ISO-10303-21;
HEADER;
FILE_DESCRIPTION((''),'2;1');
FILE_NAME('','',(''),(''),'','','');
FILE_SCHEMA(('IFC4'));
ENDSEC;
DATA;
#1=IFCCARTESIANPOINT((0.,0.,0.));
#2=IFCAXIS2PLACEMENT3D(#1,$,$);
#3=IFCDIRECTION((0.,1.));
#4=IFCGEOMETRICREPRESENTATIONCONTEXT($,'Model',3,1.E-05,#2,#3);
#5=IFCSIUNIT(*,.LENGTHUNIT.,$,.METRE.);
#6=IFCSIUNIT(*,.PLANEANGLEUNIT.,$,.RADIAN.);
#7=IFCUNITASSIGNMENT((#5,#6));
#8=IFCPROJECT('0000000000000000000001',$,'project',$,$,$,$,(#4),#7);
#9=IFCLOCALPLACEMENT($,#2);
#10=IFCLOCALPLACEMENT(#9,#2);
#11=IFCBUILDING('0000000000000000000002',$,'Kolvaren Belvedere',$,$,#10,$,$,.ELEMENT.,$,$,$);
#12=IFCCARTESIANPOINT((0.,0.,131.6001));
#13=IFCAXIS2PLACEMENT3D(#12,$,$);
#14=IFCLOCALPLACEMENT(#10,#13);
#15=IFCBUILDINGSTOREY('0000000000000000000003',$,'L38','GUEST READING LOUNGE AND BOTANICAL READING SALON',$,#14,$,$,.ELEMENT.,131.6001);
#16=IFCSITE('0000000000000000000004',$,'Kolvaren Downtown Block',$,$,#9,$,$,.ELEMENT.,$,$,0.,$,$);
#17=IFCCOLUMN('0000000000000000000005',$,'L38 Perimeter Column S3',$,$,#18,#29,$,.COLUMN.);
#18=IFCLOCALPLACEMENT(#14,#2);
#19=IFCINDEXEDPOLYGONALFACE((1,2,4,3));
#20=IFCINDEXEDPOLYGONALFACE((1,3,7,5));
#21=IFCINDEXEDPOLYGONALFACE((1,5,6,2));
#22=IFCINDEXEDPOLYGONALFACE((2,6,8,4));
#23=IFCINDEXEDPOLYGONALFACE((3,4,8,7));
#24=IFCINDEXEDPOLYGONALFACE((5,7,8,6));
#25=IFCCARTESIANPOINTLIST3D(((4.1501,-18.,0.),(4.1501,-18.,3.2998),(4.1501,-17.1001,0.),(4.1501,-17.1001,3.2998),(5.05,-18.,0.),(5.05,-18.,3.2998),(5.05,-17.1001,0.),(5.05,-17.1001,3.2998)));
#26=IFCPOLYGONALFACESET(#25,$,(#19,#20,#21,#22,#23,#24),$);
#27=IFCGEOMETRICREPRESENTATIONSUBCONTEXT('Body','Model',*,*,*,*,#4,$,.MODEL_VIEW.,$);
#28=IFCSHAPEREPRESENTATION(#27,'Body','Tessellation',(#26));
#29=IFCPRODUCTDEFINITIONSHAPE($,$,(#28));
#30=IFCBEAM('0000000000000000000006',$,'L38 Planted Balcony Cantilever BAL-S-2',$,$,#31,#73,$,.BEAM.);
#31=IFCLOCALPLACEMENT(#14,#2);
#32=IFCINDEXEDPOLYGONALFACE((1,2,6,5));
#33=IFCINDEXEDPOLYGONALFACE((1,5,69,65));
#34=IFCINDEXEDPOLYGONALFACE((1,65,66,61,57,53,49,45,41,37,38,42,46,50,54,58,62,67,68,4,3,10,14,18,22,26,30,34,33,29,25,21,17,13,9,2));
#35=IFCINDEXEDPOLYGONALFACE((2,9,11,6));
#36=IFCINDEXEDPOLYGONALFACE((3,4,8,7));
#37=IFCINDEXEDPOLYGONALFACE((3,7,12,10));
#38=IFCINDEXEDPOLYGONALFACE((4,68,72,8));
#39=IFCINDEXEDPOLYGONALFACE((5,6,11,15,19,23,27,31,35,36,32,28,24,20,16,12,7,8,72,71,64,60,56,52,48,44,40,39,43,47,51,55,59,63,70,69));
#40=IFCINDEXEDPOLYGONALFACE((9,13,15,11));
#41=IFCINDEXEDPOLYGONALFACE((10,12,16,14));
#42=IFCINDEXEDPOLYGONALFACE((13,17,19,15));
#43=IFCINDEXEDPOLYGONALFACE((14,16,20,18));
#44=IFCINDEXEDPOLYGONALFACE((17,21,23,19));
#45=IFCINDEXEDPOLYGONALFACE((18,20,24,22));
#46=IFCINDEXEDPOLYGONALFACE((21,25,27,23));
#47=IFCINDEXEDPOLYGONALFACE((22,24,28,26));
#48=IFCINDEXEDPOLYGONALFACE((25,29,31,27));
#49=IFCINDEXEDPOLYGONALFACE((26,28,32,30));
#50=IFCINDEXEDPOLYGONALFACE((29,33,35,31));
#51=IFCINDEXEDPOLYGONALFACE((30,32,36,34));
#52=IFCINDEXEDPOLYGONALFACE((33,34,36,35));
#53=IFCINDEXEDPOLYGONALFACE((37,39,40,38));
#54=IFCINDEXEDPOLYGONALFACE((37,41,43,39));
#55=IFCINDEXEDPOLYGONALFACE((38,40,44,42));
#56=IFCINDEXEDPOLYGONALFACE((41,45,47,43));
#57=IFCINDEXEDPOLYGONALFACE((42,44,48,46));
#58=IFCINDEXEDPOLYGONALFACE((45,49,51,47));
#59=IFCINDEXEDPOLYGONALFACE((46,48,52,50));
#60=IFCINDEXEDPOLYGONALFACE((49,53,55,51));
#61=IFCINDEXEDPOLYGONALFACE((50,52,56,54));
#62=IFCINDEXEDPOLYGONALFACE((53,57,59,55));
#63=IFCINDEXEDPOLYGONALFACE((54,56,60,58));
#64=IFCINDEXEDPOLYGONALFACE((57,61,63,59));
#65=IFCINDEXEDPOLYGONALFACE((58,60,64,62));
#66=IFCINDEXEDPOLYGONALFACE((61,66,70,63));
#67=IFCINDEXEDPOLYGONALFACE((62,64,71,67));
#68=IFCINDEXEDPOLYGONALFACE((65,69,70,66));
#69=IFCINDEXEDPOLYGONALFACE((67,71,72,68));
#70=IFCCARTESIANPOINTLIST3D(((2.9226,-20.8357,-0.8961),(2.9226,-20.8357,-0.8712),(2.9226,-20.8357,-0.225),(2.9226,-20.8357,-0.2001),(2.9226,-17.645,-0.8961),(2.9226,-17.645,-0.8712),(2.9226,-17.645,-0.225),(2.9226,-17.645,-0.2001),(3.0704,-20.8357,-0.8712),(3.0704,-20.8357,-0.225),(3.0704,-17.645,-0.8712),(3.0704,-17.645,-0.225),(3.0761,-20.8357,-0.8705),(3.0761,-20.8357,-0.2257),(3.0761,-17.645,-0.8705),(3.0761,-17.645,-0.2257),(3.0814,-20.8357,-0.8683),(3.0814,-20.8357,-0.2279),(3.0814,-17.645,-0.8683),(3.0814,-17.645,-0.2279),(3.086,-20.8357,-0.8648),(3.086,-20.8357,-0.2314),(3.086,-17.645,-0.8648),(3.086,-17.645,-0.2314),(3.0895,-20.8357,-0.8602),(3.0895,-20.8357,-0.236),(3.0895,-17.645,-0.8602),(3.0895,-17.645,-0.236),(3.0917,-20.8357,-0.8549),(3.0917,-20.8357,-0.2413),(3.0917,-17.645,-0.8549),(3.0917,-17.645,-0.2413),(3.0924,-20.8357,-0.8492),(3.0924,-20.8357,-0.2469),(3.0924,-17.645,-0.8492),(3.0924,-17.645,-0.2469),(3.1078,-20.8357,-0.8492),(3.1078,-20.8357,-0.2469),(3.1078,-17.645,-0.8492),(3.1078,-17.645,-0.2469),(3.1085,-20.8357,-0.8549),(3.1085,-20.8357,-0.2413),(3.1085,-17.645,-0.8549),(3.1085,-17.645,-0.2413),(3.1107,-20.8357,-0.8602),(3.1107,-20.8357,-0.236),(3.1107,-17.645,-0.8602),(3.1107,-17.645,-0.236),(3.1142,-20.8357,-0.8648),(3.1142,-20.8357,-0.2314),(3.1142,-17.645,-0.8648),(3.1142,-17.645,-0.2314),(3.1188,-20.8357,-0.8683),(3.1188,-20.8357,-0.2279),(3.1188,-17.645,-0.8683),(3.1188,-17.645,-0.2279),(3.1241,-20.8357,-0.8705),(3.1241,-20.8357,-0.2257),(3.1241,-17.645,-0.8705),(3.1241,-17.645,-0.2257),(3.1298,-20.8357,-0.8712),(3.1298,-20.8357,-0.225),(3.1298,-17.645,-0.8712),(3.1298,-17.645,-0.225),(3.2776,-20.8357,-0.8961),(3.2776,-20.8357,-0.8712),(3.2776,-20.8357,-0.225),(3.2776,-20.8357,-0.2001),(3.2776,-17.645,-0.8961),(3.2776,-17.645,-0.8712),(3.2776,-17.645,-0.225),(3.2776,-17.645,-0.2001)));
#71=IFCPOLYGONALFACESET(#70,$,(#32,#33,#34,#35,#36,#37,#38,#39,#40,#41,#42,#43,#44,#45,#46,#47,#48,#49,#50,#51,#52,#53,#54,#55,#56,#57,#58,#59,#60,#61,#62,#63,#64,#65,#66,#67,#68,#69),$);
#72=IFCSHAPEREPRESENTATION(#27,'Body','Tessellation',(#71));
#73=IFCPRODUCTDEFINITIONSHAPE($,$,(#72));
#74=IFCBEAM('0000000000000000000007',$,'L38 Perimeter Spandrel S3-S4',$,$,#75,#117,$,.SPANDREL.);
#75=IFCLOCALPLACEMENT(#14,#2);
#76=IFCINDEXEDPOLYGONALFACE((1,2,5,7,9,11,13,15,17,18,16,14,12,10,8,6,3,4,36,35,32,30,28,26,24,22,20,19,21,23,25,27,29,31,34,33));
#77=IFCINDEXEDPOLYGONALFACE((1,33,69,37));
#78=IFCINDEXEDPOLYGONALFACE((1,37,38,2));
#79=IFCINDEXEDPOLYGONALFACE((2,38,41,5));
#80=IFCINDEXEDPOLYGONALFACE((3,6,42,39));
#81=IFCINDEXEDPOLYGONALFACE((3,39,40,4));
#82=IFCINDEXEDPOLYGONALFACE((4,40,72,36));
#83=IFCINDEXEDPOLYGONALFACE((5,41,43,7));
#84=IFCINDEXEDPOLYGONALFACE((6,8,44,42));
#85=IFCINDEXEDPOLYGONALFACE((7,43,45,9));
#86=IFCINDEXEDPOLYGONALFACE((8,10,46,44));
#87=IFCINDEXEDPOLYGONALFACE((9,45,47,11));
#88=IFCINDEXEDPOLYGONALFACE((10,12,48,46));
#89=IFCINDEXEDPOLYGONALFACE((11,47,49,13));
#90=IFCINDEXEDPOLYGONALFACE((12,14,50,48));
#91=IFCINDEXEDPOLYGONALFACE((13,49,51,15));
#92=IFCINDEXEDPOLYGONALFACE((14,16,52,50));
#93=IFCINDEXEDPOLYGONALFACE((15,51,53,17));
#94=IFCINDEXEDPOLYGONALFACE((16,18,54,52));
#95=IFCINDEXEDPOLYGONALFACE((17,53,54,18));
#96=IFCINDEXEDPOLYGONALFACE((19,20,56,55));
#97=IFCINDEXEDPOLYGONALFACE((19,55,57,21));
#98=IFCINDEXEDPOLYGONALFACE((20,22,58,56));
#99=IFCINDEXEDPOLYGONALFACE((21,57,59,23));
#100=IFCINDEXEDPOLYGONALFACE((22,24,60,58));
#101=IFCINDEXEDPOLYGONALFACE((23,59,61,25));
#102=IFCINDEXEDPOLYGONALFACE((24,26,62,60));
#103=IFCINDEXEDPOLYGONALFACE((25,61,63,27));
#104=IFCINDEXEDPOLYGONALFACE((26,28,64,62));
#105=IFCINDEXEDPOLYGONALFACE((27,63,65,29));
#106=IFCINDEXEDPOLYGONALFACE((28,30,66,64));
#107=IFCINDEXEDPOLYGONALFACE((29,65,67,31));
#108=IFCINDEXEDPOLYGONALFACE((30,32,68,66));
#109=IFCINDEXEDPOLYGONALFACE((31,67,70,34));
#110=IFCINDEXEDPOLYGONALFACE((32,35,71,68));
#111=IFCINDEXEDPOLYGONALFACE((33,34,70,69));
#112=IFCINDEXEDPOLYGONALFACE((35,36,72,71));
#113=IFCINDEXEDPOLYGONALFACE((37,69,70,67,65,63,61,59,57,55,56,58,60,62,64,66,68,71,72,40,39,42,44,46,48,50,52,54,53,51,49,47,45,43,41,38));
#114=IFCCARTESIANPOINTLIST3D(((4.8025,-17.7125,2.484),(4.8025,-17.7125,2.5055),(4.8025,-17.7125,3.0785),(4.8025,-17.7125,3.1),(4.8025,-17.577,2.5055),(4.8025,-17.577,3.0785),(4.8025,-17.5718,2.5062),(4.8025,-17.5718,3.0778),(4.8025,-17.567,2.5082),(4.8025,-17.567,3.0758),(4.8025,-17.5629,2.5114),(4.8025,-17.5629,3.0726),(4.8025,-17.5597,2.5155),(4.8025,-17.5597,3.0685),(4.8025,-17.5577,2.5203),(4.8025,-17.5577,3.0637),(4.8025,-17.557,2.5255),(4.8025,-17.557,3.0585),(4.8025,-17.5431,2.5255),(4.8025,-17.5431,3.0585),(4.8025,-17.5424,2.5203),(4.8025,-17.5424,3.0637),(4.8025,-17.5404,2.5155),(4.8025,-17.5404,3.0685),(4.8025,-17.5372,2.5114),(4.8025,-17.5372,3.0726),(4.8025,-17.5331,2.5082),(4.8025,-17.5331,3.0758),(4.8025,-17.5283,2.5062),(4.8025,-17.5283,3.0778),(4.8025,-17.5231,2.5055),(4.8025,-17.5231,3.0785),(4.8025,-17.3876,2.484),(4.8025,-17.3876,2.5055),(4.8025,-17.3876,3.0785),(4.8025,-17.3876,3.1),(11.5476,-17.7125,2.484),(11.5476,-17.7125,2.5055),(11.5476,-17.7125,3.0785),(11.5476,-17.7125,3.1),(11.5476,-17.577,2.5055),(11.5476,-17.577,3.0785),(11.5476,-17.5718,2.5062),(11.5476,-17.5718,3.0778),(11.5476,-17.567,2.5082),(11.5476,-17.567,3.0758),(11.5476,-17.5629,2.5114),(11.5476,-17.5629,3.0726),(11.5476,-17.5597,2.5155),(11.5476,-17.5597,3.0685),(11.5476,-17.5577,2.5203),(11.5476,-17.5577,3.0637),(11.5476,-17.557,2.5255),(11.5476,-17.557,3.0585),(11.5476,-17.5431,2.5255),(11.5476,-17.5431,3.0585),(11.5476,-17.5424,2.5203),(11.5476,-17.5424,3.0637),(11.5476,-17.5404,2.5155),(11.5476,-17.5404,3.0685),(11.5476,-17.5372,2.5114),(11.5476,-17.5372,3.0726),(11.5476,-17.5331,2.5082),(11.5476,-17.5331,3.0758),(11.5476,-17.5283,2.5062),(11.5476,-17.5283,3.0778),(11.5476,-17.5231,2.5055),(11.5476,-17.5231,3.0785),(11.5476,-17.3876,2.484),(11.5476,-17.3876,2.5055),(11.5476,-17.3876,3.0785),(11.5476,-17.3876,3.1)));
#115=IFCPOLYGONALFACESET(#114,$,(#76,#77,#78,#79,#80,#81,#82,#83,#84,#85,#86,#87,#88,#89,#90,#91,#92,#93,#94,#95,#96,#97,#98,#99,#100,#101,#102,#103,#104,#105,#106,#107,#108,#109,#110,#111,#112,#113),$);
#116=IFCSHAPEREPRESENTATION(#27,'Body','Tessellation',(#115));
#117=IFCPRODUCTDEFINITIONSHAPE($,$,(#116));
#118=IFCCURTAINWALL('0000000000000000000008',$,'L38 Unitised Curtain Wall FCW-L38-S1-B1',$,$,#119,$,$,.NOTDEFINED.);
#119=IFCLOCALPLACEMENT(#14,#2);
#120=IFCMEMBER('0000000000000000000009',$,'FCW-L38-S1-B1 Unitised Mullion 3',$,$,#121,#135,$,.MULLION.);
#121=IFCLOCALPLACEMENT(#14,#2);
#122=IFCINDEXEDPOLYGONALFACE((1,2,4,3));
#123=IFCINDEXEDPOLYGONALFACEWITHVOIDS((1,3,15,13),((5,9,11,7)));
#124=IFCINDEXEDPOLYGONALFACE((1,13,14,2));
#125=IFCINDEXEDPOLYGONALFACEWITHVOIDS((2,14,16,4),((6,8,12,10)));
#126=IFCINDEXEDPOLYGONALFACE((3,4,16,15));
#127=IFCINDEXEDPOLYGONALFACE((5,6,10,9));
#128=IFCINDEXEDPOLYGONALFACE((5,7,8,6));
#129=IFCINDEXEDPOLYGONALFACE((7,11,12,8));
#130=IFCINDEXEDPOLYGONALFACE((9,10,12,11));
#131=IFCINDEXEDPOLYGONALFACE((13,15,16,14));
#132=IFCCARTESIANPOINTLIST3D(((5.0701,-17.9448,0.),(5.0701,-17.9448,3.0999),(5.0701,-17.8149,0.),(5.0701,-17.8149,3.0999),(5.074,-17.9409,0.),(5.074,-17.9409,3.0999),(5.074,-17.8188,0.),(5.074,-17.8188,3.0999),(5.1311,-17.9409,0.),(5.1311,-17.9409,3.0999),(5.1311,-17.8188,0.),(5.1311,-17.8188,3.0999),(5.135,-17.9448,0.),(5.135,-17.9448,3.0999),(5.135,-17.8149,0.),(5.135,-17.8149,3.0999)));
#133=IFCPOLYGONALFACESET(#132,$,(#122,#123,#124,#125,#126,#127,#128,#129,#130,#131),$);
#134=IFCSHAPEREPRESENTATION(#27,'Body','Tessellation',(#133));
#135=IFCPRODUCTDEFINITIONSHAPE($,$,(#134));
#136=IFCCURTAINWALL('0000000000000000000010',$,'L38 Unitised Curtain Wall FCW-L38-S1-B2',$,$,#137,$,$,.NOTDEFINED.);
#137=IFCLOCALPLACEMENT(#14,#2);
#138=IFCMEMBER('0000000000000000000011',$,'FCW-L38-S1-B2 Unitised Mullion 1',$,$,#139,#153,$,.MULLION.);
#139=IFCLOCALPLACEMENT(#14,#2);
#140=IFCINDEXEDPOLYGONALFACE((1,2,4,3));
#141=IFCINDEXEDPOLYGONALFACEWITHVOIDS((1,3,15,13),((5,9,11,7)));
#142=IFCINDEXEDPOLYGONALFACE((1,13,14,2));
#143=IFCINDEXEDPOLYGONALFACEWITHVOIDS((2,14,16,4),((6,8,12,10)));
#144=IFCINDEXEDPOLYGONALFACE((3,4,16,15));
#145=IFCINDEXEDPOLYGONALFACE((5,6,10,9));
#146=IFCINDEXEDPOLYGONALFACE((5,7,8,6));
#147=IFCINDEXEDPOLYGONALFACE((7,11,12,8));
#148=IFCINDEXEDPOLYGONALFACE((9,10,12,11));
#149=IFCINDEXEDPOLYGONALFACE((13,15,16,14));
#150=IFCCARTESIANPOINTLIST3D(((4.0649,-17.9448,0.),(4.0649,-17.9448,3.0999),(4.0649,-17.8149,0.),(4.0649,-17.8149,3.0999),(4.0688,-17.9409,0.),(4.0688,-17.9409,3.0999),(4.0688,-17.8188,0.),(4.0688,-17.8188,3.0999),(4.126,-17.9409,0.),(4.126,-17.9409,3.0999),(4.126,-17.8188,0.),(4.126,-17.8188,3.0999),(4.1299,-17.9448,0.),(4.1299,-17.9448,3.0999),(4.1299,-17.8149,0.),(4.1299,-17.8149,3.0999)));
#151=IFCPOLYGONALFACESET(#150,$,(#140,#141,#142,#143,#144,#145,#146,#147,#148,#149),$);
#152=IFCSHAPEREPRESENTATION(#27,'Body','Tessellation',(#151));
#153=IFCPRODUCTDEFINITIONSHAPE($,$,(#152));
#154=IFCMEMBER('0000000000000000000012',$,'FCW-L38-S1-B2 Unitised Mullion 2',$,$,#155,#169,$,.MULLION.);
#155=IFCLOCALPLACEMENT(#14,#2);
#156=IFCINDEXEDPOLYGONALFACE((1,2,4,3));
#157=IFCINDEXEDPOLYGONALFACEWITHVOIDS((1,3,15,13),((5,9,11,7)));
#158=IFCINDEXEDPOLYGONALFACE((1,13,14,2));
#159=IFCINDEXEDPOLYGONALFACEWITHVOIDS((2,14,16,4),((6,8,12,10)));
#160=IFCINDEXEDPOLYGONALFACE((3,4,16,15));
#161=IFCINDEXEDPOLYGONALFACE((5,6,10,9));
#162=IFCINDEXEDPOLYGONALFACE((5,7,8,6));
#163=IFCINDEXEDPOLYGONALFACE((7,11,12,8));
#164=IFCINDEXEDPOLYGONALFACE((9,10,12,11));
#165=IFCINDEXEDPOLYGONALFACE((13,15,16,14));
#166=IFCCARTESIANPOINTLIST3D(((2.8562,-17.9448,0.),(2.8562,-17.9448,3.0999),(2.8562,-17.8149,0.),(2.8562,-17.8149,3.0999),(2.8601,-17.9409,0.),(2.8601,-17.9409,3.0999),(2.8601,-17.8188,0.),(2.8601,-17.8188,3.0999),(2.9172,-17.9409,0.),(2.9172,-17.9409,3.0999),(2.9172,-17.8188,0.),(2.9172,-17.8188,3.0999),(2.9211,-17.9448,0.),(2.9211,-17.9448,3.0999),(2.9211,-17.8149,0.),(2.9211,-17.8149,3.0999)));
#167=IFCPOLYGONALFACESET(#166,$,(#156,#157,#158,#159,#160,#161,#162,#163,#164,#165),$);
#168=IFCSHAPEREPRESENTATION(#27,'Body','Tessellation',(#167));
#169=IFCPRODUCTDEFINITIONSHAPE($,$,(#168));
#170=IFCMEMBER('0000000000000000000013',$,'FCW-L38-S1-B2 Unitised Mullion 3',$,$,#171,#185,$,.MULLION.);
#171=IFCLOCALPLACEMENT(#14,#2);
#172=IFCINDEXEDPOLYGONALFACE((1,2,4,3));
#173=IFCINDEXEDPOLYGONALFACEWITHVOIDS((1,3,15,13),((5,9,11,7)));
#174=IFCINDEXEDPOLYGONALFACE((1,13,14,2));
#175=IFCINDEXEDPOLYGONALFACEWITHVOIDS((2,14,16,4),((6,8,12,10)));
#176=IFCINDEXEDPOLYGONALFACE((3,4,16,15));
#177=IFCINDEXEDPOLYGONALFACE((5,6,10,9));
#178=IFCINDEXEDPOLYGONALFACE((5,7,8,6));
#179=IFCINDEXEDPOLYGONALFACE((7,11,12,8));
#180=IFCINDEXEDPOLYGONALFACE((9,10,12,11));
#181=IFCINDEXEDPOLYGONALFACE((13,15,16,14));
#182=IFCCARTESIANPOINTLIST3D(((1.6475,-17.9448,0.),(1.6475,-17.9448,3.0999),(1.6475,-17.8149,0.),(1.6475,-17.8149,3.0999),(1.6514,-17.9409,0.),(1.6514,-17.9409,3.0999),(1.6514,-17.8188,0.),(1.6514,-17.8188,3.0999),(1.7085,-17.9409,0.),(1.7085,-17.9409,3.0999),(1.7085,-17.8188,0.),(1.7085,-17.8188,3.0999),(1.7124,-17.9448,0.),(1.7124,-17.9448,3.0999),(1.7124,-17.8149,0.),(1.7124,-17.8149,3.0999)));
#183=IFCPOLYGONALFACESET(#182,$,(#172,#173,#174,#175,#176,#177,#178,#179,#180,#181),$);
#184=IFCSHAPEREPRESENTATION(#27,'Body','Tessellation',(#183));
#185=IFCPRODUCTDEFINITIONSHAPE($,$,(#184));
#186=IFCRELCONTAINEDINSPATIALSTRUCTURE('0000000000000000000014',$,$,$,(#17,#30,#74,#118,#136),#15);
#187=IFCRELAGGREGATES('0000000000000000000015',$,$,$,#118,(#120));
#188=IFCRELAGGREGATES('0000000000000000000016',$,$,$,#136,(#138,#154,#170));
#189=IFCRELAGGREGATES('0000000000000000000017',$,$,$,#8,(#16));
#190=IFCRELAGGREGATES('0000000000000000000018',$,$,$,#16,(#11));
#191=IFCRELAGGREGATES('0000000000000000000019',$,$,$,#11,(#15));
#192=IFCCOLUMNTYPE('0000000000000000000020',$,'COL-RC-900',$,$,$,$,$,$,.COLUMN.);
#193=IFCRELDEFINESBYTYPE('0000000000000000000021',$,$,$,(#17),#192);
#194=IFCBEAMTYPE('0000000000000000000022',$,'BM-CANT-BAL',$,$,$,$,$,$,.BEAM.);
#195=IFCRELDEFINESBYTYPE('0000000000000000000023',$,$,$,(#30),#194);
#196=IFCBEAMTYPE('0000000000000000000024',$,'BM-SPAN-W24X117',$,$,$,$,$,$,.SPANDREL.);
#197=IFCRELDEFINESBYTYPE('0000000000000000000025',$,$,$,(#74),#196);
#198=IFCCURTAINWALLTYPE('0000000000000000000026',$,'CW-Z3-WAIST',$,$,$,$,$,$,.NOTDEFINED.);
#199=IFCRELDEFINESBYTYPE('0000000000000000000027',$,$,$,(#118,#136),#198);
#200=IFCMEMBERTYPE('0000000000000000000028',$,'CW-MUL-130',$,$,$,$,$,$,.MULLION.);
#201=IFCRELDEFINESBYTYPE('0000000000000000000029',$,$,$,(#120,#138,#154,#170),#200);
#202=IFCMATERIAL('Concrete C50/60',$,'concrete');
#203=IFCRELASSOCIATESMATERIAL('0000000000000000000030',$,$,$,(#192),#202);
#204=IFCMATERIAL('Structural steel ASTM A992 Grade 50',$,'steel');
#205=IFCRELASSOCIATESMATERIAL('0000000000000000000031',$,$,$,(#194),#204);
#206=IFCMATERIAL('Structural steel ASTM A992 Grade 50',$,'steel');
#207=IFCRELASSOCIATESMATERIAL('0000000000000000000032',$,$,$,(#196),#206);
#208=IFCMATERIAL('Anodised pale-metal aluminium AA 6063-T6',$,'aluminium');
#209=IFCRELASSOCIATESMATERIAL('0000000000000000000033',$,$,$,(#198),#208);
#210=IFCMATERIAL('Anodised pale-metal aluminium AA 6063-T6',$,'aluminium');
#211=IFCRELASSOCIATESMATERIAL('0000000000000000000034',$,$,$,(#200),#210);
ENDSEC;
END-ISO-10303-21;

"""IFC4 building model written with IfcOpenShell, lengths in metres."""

from ifc_helpers import new_model, si_unit, direction, frame, origin, origin_2d, place, context, subcontext, project, spatial, rectangle, hollow_rectangle, i_section, extrude, material, material_profile, profile_set, type_object, element, aggregate, save


model = new_model("IFC4")

# Units and contexts
model_context = context("Model", 3, precision=1e-05, world=origin(), true_north=direction((0.0, 1.0)))
body_context = subcontext(model_context, "Body", "Model", "MODEL_VIEW")
ifc_project = project(units=[si_unit("LENGTHUNIT", "METRE"), si_unit("PLANEANGLEUNIT", "RADIAN")], contexts=[model_context])

# Site, building, storey
site_placement = place(None, origin())
site = spatial("IfcSite", under=ifc_project, at=site_placement, Name="Kolvaren Downtown Block", CompositionType="ELEMENT", RefElevation=0.0)
building_placement = place(site_placement, origin())
building = spatial("IfcBuilding", under=site, at=building_placement, Name="Kolvaren Belvedere", CompositionType="ELEMENT")
storey_placement = place(building_placement, frame((0.0, 0.0, 131.6001)))
storey = spatial("IfcBuildingStorey", under=building, at=storey_placement, Name="L38", Description="GUEST READING LOUNGE AND BOTANICAL READING SALON", CompositionType="ELEMENT", Elevation=131.6001)

# Column
ifc_material_1 = material(Name="Concrete C50/60", Category="concrete")
ifc_material_profile_1 = material_profile(ifc_material_1, rectangle(XDim=0.8999, YDim=0.8999, at=origin_2d()), Name="RC 900X900")
ifc_profile_set_1 = profile_set([ifc_material_profile_1], Name="Concrete C50/60")
column_type = type_object("IfcColumnType", Name="COL-RC-900", PredefinedType="COLUMN", material=ifc_profile_set_1)
column_placement = place(storey_placement, frame((4.6001, -17.55, 0.0), z_axis=(0.0, 0.0, 1.0), x_axis=(1.0, 0.0, 0.0)))
element("IfcColumn", 1, at=column_placement, inside=storey, type_object=column_type, Name="L38 Perimeter Column S3", PredefinedType="COLUMN", context=body_context, shape_type="SweptSolid", body=[
    extrude(rectangle(XDim=0.8999, YDim=0.8999, at=origin_2d()), origin(), (0.0, 0.0, 1.0), 3.2998),
])

# Beams
ifc_material_2 = material(Name="Structural steel ASTM A992 Grade 50", Category="steel")
ifc_material_profile_2 = material_profile(ifc_material_2, i_section(OverallWidth=0.355, OverallDepth=0.696, WebThickness=0.0154, FlangeThickness=0.0249, FilletRadius=0.022, at=origin_2d()), Name="W27X146")
ifc_profile_set_2 = profile_set([ifc_material_profile_2], Name="Structural steel ASTM A992 Grade 50")
beam_type_1 = type_object("IfcBeamType", Name="BM-CANT-BAL", PredefinedType="BEAM", material=ifc_profile_set_2)
beam_1_placement = place(storey_placement, frame((3.1001, -17.645, -0.5481), z_axis=(0.0, -1.0, 0.0), x_axis=(1.0, 0.0, 0.0)))
element("IfcBeam", 2, at=beam_1_placement, inside=storey, type_object=beam_type_1, Name="L38 Planted Balcony Cantilever BAL-S-2", PredefinedType="BEAM", context=body_context, shape_type="SweptSolid", body=[
    extrude(i_section(OverallWidth=0.355, OverallDepth=0.696, WebThickness=0.0154, FlangeThickness=0.0249, FilletRadius=0.022, at=origin_2d()), origin(), (0.0, 0.0, 1.0), 3.1907),
])
ifc_material_3 = material(Name="Structural steel ASTM A992 Grade 50", Category="steel")
ifc_material_profile_3 = material_profile(ifc_material_3, i_section(OverallWidth=0.325, OverallDepth=0.616, WebThickness=0.0139, FlangeThickness=0.0215, FilletRadius=0.02, at=origin_2d()), Name="W24X117")
ifc_profile_set_3 = profile_set([ifc_material_profile_3], Name="Structural steel ASTM A992 Grade 50")
beam_type_2 = type_object("IfcBeamType", Name="BM-SPAN-W24X117", PredefinedType="SPANDREL", material=ifc_profile_set_3)
beam_2_placement = place(storey_placement, frame((4.8025, -17.55, 2.792), z_axis=(1.0, 0.0, 0.0), x_axis=(0.0, 1.0, 0.0)))
element("IfcBeam", 3, at=beam_2_placement, inside=storey, type_object=beam_type_2, Name="L38 Perimeter Spandrel S3-S4", PredefinedType="SPANDREL", context=body_context, shape_type="SweptSolid", body=[
    extrude(i_section(OverallWidth=0.325, OverallDepth=0.616, WebThickness=0.0139, FlangeThickness=0.0215, FilletRadius=0.02, at=origin_2d()), origin(), (0.0, 0.0, 1.0), 6.7451),
])

# Curtain wall, member
ifc_material_4 = material(Name="Anodised pale-metal aluminium AA 6063-T6", Category="aluminium")
curtain_wall_type = type_object("IfcCurtainWallType", Name="CW-Z3-WAIST", PredefinedType="NOTDEFINED", material=ifc_material_4)
curtain_wall_1_placement = place(storey_placement, origin())
curtain_wall_1 = element("IfcCurtainWall", 4, at=curtain_wall_1_placement, inside=storey, type_object=curtain_wall_type, Name="L38 Unitised Curtain Wall FCW-L38-S1-B1", PredefinedType="NOTDEFINED")
ifc_material_5 = material(Name="Anodised pale-metal aluminium AA 6063-T6", Category="aluminium")
ifc_material_profile_4 = material_profile(ifc_material_5, hollow_rectangle(XDim=0.0649, YDim=0.1299, WallThickness=0.0039, at=origin_2d()), Name="ALU-MUL-130X65")
ifc_profile_set_4 = profile_set([ifc_material_profile_4], Name="Anodised pale-metal aluminium AA 6063-T6")
member_type_1 = type_object("IfcMemberType", Name="CW-MUL-130", PredefinedType="MULLION", material=ifc_profile_set_4)
member_1_placement = place(storey_placement, frame((5.1025, -17.8799, 0.0), z_axis=(0.0, 0.0, 1.0), x_axis=(1.0, 0.0, 0.0)))
member_1 = element("IfcMember", 5, at=member_1_placement, type_object=member_type_1, Name="FCW-L38-S1-B1 Unitised Mullion 3", PredefinedType="MULLION", context=body_context, shape_type="SweptSolid", body=[
    extrude(hollow_rectangle(XDim=0.0649, YDim=0.1299, WallThickness=0.0039, at=origin_2d()), origin(), (0.0, 0.0, 1.0), 3.0999),
])

# Curtain wall, members
curtain_wall_2_placement = place(storey_placement, origin())
curtain_wall_2 = element("IfcCurtainWall", 6, at=curtain_wall_2_placement, inside=storey, type_object=curtain_wall_type, Name="L38 Unitised Curtain Wall FCW-L38-S1-B2", PredefinedType="NOTDEFINED")
member_2_placement = place(storey_placement, frame((4.0974, -17.8799, 0.0), z_axis=(0.0, 0.0, 1.0), x_axis=(1.0, 0.0, 0.0)))
member_2 = element("IfcMember", 7, at=member_2_placement, type_object=member_type_1, Name="FCW-L38-S1-B2 Unitised Mullion 1", PredefinedType="MULLION", context=body_context, shape_type="SweptSolid", body=[
    extrude(hollow_rectangle(XDim=0.0649, YDim=0.1299, WallThickness=0.0039, at=origin_2d()), origin(), (0.0, 0.0, 1.0), 3.0999),
])
member_3_placement = place(storey_placement, frame((2.8887, -17.8799, 0.0), z_axis=(0.0, 0.0, 1.0), x_axis=(1.0, 0.0, 0.0)))
member_3 = element("IfcMember", 8, at=member_3_placement, type_object=member_type_1, Name="FCW-L38-S1-B2 Unitised Mullion 2", PredefinedType="MULLION", context=body_context, shape_type="SweptSolid", body=[
    extrude(hollow_rectangle(XDim=0.0649, YDim=0.1299, WallThickness=0.0039, at=origin_2d()), origin(), (0.0, 0.0, 1.0), 3.0999),
])
member_4_placement = place(storey_placement, frame((1.6799, -17.8799, 0.0), z_axis=(0.0, 0.0, 1.0), x_axis=(1.0, 0.0, 0.0)))
member_4 = element("IfcMember", 9, at=member_4_placement, type_object=member_type_1, Name="FCW-L38-S1-B2 Unitised Mullion 3", PredefinedType="MULLION", context=body_context, shape_type="SweptSolid", body=[
    extrude(hollow_rectangle(XDim=0.0649, YDim=0.1299, WallThickness=0.0039, at=origin_2d()), origin(), (0.0, 0.0, 1.0), 3.0999),
])

aggregate(curtain_wall_1, [member_1])
aggregate(curtain_wall_2, [member_2, member_3, member_4])

save(model, "model.ifc")
